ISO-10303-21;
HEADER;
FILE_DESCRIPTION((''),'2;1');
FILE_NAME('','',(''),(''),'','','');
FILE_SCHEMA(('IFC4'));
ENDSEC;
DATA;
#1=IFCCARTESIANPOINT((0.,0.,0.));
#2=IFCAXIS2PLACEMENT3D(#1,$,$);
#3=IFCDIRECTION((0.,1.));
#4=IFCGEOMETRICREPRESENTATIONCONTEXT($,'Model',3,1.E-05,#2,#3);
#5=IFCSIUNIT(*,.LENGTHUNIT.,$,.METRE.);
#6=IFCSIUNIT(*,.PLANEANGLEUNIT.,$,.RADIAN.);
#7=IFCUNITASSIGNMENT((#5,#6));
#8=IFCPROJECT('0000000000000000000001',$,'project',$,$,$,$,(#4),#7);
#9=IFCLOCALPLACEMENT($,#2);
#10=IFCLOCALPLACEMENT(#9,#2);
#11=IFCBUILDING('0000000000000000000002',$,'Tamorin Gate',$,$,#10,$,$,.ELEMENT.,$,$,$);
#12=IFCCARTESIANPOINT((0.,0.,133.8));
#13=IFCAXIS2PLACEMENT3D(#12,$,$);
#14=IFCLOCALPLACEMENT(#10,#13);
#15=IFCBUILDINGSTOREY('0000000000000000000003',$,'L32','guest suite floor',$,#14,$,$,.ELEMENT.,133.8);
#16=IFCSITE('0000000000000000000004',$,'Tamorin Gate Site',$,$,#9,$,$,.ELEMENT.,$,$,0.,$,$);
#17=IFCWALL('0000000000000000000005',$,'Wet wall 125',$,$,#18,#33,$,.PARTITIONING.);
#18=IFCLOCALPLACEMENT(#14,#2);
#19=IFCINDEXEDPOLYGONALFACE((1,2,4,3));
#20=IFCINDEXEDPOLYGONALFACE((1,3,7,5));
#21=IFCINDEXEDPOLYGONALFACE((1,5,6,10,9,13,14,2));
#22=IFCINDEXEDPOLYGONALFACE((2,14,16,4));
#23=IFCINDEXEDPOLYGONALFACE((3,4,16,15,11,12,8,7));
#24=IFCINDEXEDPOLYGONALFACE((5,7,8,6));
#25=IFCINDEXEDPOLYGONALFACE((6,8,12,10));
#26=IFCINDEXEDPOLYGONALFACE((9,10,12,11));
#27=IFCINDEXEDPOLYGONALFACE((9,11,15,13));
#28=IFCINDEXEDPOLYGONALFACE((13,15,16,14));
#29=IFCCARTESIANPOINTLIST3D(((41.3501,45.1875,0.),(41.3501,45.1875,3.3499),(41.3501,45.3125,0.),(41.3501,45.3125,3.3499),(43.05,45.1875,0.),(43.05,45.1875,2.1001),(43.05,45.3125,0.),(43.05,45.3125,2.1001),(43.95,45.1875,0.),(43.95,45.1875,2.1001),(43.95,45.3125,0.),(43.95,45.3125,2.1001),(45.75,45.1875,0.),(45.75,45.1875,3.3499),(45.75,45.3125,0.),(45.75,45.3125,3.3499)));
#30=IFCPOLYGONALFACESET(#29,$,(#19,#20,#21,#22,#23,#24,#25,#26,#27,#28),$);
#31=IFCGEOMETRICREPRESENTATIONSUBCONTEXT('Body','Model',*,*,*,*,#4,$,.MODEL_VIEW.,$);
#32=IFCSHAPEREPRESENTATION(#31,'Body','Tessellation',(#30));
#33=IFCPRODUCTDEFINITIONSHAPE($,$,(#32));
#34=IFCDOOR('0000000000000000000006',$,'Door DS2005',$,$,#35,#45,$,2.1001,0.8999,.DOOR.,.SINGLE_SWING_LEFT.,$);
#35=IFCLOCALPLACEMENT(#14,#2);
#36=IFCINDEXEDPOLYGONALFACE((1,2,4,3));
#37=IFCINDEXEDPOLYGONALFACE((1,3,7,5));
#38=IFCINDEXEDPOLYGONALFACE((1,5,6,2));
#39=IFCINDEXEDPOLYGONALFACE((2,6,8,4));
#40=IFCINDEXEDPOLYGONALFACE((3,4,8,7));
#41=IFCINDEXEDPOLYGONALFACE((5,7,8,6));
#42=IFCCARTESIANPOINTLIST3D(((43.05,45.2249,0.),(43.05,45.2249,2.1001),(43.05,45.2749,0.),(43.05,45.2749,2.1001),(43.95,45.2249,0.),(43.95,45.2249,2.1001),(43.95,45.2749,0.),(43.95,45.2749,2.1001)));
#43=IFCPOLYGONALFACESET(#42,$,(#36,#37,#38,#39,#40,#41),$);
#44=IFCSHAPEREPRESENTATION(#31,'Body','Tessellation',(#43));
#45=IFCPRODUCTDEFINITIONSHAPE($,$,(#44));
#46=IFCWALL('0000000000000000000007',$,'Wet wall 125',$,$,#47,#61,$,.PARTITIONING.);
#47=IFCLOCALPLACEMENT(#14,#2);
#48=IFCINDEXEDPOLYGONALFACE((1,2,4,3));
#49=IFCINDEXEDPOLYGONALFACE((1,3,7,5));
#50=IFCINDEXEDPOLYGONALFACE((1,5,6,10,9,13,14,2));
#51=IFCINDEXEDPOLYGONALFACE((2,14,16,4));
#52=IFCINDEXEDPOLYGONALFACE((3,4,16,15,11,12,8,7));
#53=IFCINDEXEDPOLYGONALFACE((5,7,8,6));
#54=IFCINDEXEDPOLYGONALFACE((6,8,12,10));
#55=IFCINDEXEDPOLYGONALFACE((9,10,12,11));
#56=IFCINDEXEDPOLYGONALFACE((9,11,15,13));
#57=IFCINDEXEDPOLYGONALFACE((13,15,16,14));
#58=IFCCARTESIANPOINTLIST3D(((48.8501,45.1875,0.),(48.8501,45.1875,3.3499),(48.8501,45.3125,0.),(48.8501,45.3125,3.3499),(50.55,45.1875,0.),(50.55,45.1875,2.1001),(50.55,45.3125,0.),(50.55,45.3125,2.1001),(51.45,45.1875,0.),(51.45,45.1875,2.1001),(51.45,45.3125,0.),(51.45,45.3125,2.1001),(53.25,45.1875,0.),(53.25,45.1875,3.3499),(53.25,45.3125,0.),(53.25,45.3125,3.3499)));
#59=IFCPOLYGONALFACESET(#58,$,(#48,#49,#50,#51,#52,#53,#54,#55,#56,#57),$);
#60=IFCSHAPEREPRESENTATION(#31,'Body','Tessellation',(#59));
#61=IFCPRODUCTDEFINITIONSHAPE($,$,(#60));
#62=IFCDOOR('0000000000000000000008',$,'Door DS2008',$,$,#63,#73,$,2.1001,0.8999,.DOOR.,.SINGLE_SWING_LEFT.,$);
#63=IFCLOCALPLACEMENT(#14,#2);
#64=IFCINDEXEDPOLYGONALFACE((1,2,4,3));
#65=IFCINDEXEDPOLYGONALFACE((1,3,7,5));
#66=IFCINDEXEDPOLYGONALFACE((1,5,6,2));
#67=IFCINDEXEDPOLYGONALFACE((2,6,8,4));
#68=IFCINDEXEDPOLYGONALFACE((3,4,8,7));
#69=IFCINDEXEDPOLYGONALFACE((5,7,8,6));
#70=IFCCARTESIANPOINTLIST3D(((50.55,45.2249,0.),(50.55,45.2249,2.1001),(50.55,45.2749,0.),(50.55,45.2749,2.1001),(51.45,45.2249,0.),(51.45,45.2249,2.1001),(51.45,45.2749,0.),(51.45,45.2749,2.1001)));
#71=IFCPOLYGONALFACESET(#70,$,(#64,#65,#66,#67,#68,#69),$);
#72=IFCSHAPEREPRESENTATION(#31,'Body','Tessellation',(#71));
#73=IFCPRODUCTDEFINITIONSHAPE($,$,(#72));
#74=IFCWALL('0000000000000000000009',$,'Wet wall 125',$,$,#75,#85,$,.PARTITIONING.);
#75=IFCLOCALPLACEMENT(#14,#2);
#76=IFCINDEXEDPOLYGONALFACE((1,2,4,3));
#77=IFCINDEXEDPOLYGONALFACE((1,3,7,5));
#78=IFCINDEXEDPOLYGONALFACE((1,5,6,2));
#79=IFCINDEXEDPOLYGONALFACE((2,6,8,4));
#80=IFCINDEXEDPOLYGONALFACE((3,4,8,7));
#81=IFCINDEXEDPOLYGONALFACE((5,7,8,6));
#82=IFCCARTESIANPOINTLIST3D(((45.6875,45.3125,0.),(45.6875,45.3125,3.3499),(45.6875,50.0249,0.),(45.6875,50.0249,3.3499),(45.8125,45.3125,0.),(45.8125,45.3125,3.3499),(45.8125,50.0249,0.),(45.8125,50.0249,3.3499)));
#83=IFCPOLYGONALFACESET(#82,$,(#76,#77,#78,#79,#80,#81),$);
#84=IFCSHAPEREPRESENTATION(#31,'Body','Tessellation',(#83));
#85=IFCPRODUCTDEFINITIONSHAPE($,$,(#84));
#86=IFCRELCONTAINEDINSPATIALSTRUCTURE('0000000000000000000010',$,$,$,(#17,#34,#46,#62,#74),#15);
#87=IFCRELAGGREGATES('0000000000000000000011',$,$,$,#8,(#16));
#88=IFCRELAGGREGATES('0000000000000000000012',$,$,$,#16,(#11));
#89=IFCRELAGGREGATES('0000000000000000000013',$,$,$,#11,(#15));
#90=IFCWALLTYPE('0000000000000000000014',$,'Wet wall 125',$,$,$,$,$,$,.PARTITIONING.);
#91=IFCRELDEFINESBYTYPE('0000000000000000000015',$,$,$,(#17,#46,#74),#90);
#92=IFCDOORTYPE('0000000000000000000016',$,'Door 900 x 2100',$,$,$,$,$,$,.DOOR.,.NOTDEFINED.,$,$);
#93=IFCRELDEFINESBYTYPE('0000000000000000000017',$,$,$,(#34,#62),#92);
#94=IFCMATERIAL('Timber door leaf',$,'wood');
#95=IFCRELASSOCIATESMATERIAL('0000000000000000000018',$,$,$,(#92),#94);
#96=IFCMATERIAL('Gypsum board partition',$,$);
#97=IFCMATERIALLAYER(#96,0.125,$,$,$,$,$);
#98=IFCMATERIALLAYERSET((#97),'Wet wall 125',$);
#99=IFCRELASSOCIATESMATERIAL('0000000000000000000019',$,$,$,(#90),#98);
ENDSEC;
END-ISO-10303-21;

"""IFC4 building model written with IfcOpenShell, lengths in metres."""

from ifc_helpers import new_model, si_unit, direction, frame, frame_2d, origin, place, context, subcontext, project, spatial, rectangle, extrude, material, layer, layer_set, type_object, element, fill, save


model = new_model("IFC4")

# Units and contexts
model_context = context("Model", 3, precision=1e-05, world=origin(), true_north=direction((0.0, 1.0)))
body_context = subcontext(model_context, "Body", "Model", "MODEL_VIEW")
ifc_project = project(units=[si_unit("LENGTHUNIT", "METRE"), si_unit("PLANEANGLEUNIT", "RADIAN")], contexts=[model_context])

# Site, building, storey
site_placement = place(None, origin())
site = spatial("IfcSite", under=ifc_project, at=site_placement, Name="Tamorin Gate Site", CompositionType="ELEMENT", RefElevation=0.0)
building_placement = place(site_placement, origin())
building = spatial("IfcBuilding", under=site, at=building_placement, Name="Tamorin Gate", CompositionType="ELEMENT")
storey_placement = place(building_placement, frame((0.0, 0.0, 133.8)))
storey = spatial("IfcBuildingStorey", under=building, at=storey_placement, Name="L32", Description="guest suite floor", CompositionType="ELEMENT", Elevation=133.8)

# Shared definitions
ifc_material_1 = material(Name="Gypsum board partition")

# Shared definitions
ifc_material_2 = material(Name="Timber door leaf", Category="wood")
door_type = type_object("IfcDoorType", Name="Door 900 x 2100", OperationType="NOTDEFINED", PredefinedType="DOOR", material=ifc_material_2)

# Walls, openings, doors
ifc_layer_1 = layer(ifc_material_1, 0.125)
ifc_layer_set_1 = layer_set([ifc_layer_1], Name="Wet wall 125")
wall_type_1 = type_object("IfcWallType", Name="Wet wall 125", PredefinedType="PARTITIONING", material=ifc_layer_set_1)
wall_1_placement = place(storey_placement, frame((41.3501, 45.25, 0.0), z_axis=(0.0, 0.0, 1.0), x_axis=(1.0, 0.0, 0.0)))
wall_1 = element("IfcWall", 1, at=wall_1_placement, inside=storey, type_object=wall_type_1, Name="Wet wall 125", PredefinedType="PARTITIONING", context=body_context, shape_type="SweptSolid", body=[
    extrude(rectangle(XDim=4.3999, YDim=0.125, at=frame_2d((2.2, 0.0))), origin(), (0.0, 0.0, 1.0), 3.3499),
])
opening_1_placement = place(wall_1_placement, frame((1.7, 0.0, 0.0)))
opening_1 = element("IfcOpeningElement", 2, at=opening_1_placement, cuts=wall_1, PredefinedType="OPENING", context=body_context, shape_type="SweptSolid", body=[
    extrude(rectangle(XDim=0.8999, YDim=2.1001, at=frame_2d((0.45, 1.05))), frame((0.0, 0.0725, 0.0), z_axis=(0.0, -1.0, 0.0), x_axis=(1.0, 0.0, 0.0)), (0.0, 0.0, 1.0), 0.145),
])
door_1_placement = place(opening_1_placement, origin())
door_1 = element("IfcDoor", 3, at=door_1_placement, inside=storey, type_object=door_type, Name="Door DS2005", OperationType="SINGLE_SWING_LEFT", OverallHeight=2.1001, OverallWidth=0.8999, PredefinedType="DOOR", context=body_context, shape_type="SweptSolid", body=[
    extrude(rectangle(XDim=0.8999, YDim=2.1001, at=frame_2d((0.45, 1.05))), frame((0.0, 0.0249, 0.0), z_axis=(0.0, -1.0, 0.0), x_axis=(1.0, 0.0, 0.0)), (0.0, 0.0, 1.0), 0.05),
])
fill(opening_1, door_1)
wall_2_placement = place(storey_placement, frame((48.8501, 45.25, 0.0), z_axis=(0.0, 0.0, 1.0), x_axis=(1.0, 0.0, 0.0)))
wall_2 = element("IfcWall", 4, at=wall_2_placement, inside=storey, type_object=wall_type_1, Name="Wet wall 125", PredefinedType="PARTITIONING", context=body_context, shape_type="SweptSolid", body=[
    extrude(rectangle(XDim=4.3999, YDim=0.125, at=frame_2d((2.2, 0.0))), origin(), (0.0, 0.0, 1.0), 3.3499),
])
opening_2_placement = place(wall_2_placement, frame((1.7, 0.0, 0.0)))
opening_2 = element("IfcOpeningElement", 5, at=opening_2_placement, cuts=wall_2, PredefinedType="OPENING", context=body_context, shape_type="SweptSolid", body=[
    extrude(rectangle(XDim=0.8999, YDim=2.1001, at=frame_2d((0.45, 1.05))), frame((0.0, 0.0725, 0.0), z_axis=(0.0, -1.0, 0.0), x_axis=(1.0, 0.0, 0.0)), (0.0, 0.0, 1.0), 0.145),
])
door_2_placement = place(opening_2_placement, origin())
door_2 = element("IfcDoor", 6, at=door_2_placement, inside=storey, type_object=door_type, Name="Door DS2008", OperationType="SINGLE_SWING_LEFT", OverallHeight=2.1001, OverallWidth=0.8999, PredefinedType="DOOR", context=body_context, shape_type="SweptSolid", body=[
    extrude(rectangle(XDim=0.8999, YDim=2.1001, at=frame_2d((0.45, 1.05))), frame((0.0, 0.0249, 0.0), z_axis=(0.0, -1.0, 0.0), x_axis=(1.0, 0.0, 0.0)), (0.0, 0.0, 1.0), 0.05),
])
fill(opening_2, door_2)

# Wall
wall_3_placement = place(storey_placement, frame((45.75, 45.3125, 0.0), z_axis=(0.0, 0.0, 1.0), x_axis=(0.0, 1.0, 0.0)))
element("IfcWall", 7, at=wall_3_placement, inside=storey, type_object=wall_type_1, Name="Wet wall 125", PredefinedType="PARTITIONING", context=body_context, shape_type="SweptSolid", body=[
    extrude(rectangle(XDim=4.7124, YDim=0.125, at=frame_2d((2.3562, 0.0))), origin(), (0.0, 0.0, 1.0), 3.3499),
])

save(model, "model.ifc")
